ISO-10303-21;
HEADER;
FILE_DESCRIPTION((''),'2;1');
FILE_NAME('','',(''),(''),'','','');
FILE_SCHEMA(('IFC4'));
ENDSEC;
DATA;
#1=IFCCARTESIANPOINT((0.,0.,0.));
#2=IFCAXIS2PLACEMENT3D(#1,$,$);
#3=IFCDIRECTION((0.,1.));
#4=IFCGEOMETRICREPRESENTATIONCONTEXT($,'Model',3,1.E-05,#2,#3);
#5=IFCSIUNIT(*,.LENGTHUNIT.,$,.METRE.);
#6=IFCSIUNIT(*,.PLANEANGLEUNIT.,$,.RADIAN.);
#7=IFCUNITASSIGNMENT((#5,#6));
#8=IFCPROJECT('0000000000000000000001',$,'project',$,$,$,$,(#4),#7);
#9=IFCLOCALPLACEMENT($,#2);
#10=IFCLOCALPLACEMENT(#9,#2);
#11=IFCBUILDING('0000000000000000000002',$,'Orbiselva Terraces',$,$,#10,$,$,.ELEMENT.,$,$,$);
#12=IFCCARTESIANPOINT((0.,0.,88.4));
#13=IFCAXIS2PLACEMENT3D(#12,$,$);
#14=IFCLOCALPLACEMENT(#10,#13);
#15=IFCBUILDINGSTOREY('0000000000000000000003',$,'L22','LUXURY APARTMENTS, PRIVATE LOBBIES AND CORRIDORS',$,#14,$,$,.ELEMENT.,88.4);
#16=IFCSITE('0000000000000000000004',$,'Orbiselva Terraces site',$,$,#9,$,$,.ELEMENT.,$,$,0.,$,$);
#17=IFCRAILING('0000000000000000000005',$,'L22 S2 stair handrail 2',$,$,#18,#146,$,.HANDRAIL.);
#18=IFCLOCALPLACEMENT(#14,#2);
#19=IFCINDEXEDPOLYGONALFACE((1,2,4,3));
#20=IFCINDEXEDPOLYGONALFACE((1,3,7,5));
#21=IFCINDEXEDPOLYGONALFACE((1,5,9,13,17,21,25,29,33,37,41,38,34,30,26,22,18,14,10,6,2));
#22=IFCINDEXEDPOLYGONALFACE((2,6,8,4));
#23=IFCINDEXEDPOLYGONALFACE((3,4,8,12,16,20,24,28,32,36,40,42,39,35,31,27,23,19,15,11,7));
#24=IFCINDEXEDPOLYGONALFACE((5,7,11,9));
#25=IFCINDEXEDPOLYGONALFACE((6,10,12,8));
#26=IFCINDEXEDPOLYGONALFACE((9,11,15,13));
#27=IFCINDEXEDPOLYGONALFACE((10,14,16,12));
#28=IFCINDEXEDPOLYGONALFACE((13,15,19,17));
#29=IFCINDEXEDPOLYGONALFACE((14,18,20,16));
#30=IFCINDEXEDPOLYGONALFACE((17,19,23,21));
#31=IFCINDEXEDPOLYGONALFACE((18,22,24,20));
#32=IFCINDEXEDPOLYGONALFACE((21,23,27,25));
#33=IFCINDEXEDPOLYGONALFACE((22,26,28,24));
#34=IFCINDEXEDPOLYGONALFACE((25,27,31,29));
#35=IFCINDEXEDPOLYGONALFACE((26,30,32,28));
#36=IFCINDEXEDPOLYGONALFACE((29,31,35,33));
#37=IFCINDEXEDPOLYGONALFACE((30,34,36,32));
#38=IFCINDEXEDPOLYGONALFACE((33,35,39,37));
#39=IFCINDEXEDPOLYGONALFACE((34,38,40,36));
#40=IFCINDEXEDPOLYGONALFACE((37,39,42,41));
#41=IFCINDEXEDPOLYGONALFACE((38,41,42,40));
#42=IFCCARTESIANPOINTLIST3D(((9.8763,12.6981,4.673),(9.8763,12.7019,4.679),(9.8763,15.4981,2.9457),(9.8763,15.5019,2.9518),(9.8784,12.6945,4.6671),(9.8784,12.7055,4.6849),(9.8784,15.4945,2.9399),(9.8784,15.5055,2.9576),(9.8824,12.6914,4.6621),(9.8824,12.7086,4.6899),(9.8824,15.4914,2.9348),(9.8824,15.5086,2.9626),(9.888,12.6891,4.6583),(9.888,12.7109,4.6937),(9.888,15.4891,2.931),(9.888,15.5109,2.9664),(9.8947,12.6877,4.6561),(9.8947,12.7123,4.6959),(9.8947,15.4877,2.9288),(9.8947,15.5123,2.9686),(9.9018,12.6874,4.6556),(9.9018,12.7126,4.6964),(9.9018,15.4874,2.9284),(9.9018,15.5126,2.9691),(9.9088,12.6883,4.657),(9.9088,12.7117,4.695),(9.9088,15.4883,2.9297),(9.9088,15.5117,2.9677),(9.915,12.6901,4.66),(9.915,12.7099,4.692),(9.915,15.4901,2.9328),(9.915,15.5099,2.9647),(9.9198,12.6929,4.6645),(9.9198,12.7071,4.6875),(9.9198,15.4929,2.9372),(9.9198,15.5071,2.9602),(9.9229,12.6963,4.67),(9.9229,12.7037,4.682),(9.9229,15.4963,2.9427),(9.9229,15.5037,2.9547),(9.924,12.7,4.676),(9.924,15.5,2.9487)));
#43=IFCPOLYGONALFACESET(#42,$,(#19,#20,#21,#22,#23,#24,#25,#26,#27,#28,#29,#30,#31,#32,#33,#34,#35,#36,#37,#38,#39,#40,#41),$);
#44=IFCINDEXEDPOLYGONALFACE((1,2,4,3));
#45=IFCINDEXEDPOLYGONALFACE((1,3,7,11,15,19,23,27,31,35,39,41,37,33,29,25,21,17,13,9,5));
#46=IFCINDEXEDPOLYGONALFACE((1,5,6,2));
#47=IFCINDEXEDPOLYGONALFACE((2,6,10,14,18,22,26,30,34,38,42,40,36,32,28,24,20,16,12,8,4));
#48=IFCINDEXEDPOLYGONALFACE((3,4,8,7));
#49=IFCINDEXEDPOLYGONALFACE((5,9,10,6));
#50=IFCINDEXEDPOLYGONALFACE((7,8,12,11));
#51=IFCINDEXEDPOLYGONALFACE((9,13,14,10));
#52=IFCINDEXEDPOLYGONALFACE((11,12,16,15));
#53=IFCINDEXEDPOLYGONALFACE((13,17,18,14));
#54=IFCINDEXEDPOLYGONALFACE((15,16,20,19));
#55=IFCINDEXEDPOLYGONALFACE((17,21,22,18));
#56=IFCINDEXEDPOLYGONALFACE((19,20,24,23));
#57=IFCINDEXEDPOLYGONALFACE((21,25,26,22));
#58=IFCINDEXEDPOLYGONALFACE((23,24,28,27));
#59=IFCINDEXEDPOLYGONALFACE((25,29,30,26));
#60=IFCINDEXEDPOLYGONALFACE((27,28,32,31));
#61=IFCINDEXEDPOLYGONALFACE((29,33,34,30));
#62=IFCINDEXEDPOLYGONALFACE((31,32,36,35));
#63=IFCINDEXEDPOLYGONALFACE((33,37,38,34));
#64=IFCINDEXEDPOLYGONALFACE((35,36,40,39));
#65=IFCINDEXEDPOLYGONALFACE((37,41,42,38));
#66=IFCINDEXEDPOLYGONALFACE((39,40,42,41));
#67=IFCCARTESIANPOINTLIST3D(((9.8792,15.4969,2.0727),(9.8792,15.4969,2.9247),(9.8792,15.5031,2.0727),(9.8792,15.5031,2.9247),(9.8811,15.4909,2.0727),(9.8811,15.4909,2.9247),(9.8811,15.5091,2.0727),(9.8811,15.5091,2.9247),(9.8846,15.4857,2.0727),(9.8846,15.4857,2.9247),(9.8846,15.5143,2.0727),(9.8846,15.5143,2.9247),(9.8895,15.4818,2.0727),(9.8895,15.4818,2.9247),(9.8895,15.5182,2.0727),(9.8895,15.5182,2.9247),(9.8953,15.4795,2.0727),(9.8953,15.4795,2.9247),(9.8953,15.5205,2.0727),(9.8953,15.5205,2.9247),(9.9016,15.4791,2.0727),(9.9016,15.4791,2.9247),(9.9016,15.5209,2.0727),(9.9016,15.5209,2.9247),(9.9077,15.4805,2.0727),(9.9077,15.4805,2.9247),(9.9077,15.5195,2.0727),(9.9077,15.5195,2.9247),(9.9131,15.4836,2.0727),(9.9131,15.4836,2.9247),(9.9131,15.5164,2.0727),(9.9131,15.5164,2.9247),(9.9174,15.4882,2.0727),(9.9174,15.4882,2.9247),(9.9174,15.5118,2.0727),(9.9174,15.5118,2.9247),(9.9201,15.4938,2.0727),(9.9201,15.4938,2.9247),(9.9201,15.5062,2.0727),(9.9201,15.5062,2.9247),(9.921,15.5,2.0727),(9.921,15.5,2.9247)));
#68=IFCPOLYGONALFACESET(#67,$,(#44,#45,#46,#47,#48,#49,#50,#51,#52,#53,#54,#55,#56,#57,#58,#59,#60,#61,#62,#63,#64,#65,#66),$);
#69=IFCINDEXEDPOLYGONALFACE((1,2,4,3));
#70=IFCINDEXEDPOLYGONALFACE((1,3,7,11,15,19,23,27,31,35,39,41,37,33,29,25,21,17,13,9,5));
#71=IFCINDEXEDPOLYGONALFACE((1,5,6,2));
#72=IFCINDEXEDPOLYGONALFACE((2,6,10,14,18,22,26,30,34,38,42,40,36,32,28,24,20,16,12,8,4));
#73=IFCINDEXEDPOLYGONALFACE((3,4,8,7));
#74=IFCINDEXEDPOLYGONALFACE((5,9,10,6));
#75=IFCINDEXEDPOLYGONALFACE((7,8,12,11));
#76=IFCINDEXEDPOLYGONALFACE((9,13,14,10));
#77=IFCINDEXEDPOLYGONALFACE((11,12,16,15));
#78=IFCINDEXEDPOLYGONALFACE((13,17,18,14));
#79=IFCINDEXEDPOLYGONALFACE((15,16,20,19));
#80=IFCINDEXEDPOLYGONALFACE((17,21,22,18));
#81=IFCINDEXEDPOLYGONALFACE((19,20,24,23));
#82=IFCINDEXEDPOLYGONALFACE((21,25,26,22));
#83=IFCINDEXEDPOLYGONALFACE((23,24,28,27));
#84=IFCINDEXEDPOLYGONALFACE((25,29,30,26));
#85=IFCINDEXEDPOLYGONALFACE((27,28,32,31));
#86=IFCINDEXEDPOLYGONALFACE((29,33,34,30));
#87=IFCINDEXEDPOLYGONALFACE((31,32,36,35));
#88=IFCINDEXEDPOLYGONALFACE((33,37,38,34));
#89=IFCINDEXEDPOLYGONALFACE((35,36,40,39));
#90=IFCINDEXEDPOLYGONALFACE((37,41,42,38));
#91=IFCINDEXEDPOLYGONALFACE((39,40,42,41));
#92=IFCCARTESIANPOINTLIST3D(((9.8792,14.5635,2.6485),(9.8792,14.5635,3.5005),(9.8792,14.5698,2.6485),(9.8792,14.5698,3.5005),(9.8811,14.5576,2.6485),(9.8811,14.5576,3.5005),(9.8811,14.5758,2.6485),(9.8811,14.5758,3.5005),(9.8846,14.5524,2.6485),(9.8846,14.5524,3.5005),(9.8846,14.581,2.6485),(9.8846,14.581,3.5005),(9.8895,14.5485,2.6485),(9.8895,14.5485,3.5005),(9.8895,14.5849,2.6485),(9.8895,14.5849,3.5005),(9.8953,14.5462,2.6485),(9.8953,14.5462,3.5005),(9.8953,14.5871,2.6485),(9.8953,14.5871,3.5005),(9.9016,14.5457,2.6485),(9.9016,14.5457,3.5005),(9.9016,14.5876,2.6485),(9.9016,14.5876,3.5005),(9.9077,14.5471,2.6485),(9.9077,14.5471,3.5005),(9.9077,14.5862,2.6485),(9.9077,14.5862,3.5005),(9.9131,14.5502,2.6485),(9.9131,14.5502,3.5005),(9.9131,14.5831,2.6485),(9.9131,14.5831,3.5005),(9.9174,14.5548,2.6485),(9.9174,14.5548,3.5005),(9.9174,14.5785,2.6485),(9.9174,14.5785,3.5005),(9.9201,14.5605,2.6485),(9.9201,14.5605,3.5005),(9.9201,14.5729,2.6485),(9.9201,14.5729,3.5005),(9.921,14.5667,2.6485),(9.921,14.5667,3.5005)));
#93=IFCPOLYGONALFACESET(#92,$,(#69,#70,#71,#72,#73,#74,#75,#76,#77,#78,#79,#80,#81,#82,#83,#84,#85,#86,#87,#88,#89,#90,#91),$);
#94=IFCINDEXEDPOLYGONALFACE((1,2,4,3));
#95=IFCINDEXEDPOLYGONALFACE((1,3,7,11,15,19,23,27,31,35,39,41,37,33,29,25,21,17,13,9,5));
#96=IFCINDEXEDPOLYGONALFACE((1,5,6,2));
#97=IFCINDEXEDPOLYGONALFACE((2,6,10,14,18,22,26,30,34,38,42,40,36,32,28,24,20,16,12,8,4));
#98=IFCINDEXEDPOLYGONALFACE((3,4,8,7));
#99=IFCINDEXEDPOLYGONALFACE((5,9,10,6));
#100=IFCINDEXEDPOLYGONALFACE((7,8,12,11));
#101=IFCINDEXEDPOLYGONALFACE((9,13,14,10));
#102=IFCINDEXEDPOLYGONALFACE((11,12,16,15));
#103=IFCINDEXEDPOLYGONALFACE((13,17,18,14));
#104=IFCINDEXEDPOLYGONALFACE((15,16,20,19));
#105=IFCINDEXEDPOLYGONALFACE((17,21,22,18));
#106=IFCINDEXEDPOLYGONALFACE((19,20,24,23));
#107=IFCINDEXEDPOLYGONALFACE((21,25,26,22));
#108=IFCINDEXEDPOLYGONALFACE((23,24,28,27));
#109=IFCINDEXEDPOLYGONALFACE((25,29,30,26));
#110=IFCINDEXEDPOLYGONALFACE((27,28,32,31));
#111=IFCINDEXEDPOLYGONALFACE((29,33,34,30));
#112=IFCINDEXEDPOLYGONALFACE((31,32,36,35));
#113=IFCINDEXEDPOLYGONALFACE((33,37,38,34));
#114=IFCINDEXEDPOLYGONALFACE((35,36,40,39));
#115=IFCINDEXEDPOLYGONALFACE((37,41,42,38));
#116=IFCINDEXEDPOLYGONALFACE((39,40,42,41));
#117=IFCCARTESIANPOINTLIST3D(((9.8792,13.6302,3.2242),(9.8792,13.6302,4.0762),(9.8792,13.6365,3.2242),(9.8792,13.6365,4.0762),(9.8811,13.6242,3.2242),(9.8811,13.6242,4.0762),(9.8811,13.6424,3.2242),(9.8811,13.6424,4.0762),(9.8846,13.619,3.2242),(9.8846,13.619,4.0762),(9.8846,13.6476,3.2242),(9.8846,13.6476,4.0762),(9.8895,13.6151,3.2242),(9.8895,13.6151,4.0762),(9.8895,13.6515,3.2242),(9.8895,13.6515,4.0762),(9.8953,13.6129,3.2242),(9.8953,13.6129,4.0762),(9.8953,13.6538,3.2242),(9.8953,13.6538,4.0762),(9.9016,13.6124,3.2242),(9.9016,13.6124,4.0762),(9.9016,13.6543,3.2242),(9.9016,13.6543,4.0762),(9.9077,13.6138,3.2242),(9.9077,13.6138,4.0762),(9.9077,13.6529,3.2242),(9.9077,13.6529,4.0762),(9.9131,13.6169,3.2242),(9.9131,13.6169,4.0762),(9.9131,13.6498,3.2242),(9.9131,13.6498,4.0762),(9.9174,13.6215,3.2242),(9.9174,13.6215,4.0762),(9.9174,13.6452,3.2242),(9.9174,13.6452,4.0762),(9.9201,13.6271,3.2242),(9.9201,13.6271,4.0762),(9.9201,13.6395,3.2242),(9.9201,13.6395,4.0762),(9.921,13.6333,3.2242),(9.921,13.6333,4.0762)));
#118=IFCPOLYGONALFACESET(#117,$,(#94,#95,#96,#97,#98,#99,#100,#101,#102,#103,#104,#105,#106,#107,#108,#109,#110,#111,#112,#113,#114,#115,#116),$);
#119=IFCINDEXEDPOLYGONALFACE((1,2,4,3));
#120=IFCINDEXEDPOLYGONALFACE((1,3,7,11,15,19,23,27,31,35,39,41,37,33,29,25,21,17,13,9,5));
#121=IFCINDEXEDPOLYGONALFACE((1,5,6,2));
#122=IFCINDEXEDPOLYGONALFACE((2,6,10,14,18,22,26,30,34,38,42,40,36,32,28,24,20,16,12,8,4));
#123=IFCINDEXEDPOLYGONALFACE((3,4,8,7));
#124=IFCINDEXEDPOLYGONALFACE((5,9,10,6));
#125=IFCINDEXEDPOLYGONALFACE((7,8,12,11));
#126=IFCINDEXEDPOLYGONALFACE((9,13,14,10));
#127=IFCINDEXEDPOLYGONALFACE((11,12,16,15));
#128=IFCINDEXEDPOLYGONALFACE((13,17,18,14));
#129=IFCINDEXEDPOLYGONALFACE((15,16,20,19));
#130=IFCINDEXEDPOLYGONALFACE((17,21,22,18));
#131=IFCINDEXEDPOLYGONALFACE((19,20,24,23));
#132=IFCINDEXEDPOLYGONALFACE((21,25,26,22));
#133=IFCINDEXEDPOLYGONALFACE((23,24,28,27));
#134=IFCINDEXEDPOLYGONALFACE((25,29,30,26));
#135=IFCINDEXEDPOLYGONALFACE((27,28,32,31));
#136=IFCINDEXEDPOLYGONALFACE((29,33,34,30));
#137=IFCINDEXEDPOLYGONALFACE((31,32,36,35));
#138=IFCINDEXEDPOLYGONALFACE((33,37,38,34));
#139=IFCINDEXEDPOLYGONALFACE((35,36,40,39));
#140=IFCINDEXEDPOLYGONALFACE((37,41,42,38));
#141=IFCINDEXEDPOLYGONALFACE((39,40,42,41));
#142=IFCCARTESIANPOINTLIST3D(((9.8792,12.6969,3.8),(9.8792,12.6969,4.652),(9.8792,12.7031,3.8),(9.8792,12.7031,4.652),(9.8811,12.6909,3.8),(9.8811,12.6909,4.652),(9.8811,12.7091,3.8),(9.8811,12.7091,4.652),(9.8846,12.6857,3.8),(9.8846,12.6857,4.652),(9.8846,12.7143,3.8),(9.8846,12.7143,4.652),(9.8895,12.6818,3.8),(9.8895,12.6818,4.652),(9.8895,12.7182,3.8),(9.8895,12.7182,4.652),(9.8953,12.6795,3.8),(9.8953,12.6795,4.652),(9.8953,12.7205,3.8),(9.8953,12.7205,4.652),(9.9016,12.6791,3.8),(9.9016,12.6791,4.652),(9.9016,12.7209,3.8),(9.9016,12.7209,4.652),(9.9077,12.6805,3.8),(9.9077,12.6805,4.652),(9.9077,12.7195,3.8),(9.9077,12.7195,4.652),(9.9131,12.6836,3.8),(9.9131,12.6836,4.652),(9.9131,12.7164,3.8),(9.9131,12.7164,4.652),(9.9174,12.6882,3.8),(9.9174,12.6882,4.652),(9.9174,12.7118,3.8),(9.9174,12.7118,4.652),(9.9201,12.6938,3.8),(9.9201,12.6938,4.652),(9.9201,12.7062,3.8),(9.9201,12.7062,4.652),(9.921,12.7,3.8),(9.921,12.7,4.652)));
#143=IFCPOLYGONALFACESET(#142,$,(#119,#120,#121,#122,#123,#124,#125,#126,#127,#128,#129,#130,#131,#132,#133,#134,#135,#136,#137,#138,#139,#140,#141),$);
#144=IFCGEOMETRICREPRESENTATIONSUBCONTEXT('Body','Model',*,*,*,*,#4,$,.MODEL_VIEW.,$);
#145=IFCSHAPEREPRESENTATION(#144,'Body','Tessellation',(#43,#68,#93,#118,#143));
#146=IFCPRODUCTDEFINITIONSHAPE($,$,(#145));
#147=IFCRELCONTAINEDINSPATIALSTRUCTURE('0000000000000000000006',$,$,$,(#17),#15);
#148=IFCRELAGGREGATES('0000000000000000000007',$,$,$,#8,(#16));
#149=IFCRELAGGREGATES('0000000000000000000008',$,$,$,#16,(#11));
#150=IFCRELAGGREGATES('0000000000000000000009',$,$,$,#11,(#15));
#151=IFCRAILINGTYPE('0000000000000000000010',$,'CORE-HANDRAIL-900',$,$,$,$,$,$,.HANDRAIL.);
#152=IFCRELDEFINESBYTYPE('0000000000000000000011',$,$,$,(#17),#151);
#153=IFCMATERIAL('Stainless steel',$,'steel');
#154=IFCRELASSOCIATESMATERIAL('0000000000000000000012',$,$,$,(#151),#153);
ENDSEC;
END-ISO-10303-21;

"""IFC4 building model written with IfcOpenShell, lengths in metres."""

from ifc_helpers import new_model, si_unit, direction, frame, origin, origin_2d, place, context, subcontext, project, spatial, circle, extrude, material, type_object, element, save


model = new_model("IFC4")

# Units and contexts
model_context = context("Model", 3, precision=1e-05, world=origin(), true_north=direction((0.0, 1.0)))
body_context = subcontext(model_context, "Body", "Model", "MODEL_VIEW")
ifc_project = project(units=[si_unit("LENGTHUNIT", "METRE"), si_unit("PLANEANGLEUNIT", "RADIAN")], contexts=[model_context])

# Site, building, storey
site_placement = place(None, origin())
site = spatial("IfcSite", under=ifc_project, at=site_placement, Name="Orbiselva Terraces site", CompositionType="ELEMENT", RefElevation=0.0)
building_placement = place(site_placement, origin())
building = spatial("IfcBuilding", under=site, at=building_placement, Name="Orbiselva Terraces", CompositionType="ELEMENT")
storey_placement = place(building_placement, frame((0.0, 0.0, 88.4)))
storey = spatial("IfcBuildingStorey", under=building, at=storey_placement, Name="L22", Description="LUXURY APARTMENTS, PRIVATE LOBBIES AND CORRIDORS", CompositionType="ELEMENT", Elevation=88.4)

# Railing
ifc_material_1 = material(Name="Stainless steel", Category="steel")
railing_type = type_object("IfcRailingType", Name="CORE-HANDRAIL-900", PredefinedType="HANDRAIL", material=ifc_material_1)
railing_placement = place(storey_placement, frame((9.9, 15.5, 2.0727)))
element("IfcRailing", 1, at=railing_placement, inside=storey, type_object=railing_type, Name="L22 S2 stair handrail 2", PredefinedType="HANDRAIL", context=body_context, shape_type="SweptSolid", body=[
    extrude(circle(Radius=0.024, at=origin_2d()), frame((0.0, 0.0, 0.876), z_axis=(0.0, -0.851089, 0.525022), x_axis=(1.0, 0.0, 0.0)), (0.0, 0.0, 1.0), 3.2899),
    extrude(circle(Radius=0.021, at=origin_2d()), origin(), (0.0, 0.0, 1.0), 0.852),
    extrude(circle(Radius=0.021, at=origin_2d()), frame((0.0, -0.9333, 0.5758)), (0.0, 0.0, 1.0), 0.852),
    extrude(circle(Radius=0.021, at=origin_2d()), frame((0.0, -1.8667, 1.1515)), (0.0, 0.0, 1.0), 0.852),
    extrude(circle(Radius=0.021, at=origin_2d()), frame((0.0, -2.8, 1.7273)), (0.0, 0.0, 1.0), 0.852),
])

save(model, "model.ifc")
